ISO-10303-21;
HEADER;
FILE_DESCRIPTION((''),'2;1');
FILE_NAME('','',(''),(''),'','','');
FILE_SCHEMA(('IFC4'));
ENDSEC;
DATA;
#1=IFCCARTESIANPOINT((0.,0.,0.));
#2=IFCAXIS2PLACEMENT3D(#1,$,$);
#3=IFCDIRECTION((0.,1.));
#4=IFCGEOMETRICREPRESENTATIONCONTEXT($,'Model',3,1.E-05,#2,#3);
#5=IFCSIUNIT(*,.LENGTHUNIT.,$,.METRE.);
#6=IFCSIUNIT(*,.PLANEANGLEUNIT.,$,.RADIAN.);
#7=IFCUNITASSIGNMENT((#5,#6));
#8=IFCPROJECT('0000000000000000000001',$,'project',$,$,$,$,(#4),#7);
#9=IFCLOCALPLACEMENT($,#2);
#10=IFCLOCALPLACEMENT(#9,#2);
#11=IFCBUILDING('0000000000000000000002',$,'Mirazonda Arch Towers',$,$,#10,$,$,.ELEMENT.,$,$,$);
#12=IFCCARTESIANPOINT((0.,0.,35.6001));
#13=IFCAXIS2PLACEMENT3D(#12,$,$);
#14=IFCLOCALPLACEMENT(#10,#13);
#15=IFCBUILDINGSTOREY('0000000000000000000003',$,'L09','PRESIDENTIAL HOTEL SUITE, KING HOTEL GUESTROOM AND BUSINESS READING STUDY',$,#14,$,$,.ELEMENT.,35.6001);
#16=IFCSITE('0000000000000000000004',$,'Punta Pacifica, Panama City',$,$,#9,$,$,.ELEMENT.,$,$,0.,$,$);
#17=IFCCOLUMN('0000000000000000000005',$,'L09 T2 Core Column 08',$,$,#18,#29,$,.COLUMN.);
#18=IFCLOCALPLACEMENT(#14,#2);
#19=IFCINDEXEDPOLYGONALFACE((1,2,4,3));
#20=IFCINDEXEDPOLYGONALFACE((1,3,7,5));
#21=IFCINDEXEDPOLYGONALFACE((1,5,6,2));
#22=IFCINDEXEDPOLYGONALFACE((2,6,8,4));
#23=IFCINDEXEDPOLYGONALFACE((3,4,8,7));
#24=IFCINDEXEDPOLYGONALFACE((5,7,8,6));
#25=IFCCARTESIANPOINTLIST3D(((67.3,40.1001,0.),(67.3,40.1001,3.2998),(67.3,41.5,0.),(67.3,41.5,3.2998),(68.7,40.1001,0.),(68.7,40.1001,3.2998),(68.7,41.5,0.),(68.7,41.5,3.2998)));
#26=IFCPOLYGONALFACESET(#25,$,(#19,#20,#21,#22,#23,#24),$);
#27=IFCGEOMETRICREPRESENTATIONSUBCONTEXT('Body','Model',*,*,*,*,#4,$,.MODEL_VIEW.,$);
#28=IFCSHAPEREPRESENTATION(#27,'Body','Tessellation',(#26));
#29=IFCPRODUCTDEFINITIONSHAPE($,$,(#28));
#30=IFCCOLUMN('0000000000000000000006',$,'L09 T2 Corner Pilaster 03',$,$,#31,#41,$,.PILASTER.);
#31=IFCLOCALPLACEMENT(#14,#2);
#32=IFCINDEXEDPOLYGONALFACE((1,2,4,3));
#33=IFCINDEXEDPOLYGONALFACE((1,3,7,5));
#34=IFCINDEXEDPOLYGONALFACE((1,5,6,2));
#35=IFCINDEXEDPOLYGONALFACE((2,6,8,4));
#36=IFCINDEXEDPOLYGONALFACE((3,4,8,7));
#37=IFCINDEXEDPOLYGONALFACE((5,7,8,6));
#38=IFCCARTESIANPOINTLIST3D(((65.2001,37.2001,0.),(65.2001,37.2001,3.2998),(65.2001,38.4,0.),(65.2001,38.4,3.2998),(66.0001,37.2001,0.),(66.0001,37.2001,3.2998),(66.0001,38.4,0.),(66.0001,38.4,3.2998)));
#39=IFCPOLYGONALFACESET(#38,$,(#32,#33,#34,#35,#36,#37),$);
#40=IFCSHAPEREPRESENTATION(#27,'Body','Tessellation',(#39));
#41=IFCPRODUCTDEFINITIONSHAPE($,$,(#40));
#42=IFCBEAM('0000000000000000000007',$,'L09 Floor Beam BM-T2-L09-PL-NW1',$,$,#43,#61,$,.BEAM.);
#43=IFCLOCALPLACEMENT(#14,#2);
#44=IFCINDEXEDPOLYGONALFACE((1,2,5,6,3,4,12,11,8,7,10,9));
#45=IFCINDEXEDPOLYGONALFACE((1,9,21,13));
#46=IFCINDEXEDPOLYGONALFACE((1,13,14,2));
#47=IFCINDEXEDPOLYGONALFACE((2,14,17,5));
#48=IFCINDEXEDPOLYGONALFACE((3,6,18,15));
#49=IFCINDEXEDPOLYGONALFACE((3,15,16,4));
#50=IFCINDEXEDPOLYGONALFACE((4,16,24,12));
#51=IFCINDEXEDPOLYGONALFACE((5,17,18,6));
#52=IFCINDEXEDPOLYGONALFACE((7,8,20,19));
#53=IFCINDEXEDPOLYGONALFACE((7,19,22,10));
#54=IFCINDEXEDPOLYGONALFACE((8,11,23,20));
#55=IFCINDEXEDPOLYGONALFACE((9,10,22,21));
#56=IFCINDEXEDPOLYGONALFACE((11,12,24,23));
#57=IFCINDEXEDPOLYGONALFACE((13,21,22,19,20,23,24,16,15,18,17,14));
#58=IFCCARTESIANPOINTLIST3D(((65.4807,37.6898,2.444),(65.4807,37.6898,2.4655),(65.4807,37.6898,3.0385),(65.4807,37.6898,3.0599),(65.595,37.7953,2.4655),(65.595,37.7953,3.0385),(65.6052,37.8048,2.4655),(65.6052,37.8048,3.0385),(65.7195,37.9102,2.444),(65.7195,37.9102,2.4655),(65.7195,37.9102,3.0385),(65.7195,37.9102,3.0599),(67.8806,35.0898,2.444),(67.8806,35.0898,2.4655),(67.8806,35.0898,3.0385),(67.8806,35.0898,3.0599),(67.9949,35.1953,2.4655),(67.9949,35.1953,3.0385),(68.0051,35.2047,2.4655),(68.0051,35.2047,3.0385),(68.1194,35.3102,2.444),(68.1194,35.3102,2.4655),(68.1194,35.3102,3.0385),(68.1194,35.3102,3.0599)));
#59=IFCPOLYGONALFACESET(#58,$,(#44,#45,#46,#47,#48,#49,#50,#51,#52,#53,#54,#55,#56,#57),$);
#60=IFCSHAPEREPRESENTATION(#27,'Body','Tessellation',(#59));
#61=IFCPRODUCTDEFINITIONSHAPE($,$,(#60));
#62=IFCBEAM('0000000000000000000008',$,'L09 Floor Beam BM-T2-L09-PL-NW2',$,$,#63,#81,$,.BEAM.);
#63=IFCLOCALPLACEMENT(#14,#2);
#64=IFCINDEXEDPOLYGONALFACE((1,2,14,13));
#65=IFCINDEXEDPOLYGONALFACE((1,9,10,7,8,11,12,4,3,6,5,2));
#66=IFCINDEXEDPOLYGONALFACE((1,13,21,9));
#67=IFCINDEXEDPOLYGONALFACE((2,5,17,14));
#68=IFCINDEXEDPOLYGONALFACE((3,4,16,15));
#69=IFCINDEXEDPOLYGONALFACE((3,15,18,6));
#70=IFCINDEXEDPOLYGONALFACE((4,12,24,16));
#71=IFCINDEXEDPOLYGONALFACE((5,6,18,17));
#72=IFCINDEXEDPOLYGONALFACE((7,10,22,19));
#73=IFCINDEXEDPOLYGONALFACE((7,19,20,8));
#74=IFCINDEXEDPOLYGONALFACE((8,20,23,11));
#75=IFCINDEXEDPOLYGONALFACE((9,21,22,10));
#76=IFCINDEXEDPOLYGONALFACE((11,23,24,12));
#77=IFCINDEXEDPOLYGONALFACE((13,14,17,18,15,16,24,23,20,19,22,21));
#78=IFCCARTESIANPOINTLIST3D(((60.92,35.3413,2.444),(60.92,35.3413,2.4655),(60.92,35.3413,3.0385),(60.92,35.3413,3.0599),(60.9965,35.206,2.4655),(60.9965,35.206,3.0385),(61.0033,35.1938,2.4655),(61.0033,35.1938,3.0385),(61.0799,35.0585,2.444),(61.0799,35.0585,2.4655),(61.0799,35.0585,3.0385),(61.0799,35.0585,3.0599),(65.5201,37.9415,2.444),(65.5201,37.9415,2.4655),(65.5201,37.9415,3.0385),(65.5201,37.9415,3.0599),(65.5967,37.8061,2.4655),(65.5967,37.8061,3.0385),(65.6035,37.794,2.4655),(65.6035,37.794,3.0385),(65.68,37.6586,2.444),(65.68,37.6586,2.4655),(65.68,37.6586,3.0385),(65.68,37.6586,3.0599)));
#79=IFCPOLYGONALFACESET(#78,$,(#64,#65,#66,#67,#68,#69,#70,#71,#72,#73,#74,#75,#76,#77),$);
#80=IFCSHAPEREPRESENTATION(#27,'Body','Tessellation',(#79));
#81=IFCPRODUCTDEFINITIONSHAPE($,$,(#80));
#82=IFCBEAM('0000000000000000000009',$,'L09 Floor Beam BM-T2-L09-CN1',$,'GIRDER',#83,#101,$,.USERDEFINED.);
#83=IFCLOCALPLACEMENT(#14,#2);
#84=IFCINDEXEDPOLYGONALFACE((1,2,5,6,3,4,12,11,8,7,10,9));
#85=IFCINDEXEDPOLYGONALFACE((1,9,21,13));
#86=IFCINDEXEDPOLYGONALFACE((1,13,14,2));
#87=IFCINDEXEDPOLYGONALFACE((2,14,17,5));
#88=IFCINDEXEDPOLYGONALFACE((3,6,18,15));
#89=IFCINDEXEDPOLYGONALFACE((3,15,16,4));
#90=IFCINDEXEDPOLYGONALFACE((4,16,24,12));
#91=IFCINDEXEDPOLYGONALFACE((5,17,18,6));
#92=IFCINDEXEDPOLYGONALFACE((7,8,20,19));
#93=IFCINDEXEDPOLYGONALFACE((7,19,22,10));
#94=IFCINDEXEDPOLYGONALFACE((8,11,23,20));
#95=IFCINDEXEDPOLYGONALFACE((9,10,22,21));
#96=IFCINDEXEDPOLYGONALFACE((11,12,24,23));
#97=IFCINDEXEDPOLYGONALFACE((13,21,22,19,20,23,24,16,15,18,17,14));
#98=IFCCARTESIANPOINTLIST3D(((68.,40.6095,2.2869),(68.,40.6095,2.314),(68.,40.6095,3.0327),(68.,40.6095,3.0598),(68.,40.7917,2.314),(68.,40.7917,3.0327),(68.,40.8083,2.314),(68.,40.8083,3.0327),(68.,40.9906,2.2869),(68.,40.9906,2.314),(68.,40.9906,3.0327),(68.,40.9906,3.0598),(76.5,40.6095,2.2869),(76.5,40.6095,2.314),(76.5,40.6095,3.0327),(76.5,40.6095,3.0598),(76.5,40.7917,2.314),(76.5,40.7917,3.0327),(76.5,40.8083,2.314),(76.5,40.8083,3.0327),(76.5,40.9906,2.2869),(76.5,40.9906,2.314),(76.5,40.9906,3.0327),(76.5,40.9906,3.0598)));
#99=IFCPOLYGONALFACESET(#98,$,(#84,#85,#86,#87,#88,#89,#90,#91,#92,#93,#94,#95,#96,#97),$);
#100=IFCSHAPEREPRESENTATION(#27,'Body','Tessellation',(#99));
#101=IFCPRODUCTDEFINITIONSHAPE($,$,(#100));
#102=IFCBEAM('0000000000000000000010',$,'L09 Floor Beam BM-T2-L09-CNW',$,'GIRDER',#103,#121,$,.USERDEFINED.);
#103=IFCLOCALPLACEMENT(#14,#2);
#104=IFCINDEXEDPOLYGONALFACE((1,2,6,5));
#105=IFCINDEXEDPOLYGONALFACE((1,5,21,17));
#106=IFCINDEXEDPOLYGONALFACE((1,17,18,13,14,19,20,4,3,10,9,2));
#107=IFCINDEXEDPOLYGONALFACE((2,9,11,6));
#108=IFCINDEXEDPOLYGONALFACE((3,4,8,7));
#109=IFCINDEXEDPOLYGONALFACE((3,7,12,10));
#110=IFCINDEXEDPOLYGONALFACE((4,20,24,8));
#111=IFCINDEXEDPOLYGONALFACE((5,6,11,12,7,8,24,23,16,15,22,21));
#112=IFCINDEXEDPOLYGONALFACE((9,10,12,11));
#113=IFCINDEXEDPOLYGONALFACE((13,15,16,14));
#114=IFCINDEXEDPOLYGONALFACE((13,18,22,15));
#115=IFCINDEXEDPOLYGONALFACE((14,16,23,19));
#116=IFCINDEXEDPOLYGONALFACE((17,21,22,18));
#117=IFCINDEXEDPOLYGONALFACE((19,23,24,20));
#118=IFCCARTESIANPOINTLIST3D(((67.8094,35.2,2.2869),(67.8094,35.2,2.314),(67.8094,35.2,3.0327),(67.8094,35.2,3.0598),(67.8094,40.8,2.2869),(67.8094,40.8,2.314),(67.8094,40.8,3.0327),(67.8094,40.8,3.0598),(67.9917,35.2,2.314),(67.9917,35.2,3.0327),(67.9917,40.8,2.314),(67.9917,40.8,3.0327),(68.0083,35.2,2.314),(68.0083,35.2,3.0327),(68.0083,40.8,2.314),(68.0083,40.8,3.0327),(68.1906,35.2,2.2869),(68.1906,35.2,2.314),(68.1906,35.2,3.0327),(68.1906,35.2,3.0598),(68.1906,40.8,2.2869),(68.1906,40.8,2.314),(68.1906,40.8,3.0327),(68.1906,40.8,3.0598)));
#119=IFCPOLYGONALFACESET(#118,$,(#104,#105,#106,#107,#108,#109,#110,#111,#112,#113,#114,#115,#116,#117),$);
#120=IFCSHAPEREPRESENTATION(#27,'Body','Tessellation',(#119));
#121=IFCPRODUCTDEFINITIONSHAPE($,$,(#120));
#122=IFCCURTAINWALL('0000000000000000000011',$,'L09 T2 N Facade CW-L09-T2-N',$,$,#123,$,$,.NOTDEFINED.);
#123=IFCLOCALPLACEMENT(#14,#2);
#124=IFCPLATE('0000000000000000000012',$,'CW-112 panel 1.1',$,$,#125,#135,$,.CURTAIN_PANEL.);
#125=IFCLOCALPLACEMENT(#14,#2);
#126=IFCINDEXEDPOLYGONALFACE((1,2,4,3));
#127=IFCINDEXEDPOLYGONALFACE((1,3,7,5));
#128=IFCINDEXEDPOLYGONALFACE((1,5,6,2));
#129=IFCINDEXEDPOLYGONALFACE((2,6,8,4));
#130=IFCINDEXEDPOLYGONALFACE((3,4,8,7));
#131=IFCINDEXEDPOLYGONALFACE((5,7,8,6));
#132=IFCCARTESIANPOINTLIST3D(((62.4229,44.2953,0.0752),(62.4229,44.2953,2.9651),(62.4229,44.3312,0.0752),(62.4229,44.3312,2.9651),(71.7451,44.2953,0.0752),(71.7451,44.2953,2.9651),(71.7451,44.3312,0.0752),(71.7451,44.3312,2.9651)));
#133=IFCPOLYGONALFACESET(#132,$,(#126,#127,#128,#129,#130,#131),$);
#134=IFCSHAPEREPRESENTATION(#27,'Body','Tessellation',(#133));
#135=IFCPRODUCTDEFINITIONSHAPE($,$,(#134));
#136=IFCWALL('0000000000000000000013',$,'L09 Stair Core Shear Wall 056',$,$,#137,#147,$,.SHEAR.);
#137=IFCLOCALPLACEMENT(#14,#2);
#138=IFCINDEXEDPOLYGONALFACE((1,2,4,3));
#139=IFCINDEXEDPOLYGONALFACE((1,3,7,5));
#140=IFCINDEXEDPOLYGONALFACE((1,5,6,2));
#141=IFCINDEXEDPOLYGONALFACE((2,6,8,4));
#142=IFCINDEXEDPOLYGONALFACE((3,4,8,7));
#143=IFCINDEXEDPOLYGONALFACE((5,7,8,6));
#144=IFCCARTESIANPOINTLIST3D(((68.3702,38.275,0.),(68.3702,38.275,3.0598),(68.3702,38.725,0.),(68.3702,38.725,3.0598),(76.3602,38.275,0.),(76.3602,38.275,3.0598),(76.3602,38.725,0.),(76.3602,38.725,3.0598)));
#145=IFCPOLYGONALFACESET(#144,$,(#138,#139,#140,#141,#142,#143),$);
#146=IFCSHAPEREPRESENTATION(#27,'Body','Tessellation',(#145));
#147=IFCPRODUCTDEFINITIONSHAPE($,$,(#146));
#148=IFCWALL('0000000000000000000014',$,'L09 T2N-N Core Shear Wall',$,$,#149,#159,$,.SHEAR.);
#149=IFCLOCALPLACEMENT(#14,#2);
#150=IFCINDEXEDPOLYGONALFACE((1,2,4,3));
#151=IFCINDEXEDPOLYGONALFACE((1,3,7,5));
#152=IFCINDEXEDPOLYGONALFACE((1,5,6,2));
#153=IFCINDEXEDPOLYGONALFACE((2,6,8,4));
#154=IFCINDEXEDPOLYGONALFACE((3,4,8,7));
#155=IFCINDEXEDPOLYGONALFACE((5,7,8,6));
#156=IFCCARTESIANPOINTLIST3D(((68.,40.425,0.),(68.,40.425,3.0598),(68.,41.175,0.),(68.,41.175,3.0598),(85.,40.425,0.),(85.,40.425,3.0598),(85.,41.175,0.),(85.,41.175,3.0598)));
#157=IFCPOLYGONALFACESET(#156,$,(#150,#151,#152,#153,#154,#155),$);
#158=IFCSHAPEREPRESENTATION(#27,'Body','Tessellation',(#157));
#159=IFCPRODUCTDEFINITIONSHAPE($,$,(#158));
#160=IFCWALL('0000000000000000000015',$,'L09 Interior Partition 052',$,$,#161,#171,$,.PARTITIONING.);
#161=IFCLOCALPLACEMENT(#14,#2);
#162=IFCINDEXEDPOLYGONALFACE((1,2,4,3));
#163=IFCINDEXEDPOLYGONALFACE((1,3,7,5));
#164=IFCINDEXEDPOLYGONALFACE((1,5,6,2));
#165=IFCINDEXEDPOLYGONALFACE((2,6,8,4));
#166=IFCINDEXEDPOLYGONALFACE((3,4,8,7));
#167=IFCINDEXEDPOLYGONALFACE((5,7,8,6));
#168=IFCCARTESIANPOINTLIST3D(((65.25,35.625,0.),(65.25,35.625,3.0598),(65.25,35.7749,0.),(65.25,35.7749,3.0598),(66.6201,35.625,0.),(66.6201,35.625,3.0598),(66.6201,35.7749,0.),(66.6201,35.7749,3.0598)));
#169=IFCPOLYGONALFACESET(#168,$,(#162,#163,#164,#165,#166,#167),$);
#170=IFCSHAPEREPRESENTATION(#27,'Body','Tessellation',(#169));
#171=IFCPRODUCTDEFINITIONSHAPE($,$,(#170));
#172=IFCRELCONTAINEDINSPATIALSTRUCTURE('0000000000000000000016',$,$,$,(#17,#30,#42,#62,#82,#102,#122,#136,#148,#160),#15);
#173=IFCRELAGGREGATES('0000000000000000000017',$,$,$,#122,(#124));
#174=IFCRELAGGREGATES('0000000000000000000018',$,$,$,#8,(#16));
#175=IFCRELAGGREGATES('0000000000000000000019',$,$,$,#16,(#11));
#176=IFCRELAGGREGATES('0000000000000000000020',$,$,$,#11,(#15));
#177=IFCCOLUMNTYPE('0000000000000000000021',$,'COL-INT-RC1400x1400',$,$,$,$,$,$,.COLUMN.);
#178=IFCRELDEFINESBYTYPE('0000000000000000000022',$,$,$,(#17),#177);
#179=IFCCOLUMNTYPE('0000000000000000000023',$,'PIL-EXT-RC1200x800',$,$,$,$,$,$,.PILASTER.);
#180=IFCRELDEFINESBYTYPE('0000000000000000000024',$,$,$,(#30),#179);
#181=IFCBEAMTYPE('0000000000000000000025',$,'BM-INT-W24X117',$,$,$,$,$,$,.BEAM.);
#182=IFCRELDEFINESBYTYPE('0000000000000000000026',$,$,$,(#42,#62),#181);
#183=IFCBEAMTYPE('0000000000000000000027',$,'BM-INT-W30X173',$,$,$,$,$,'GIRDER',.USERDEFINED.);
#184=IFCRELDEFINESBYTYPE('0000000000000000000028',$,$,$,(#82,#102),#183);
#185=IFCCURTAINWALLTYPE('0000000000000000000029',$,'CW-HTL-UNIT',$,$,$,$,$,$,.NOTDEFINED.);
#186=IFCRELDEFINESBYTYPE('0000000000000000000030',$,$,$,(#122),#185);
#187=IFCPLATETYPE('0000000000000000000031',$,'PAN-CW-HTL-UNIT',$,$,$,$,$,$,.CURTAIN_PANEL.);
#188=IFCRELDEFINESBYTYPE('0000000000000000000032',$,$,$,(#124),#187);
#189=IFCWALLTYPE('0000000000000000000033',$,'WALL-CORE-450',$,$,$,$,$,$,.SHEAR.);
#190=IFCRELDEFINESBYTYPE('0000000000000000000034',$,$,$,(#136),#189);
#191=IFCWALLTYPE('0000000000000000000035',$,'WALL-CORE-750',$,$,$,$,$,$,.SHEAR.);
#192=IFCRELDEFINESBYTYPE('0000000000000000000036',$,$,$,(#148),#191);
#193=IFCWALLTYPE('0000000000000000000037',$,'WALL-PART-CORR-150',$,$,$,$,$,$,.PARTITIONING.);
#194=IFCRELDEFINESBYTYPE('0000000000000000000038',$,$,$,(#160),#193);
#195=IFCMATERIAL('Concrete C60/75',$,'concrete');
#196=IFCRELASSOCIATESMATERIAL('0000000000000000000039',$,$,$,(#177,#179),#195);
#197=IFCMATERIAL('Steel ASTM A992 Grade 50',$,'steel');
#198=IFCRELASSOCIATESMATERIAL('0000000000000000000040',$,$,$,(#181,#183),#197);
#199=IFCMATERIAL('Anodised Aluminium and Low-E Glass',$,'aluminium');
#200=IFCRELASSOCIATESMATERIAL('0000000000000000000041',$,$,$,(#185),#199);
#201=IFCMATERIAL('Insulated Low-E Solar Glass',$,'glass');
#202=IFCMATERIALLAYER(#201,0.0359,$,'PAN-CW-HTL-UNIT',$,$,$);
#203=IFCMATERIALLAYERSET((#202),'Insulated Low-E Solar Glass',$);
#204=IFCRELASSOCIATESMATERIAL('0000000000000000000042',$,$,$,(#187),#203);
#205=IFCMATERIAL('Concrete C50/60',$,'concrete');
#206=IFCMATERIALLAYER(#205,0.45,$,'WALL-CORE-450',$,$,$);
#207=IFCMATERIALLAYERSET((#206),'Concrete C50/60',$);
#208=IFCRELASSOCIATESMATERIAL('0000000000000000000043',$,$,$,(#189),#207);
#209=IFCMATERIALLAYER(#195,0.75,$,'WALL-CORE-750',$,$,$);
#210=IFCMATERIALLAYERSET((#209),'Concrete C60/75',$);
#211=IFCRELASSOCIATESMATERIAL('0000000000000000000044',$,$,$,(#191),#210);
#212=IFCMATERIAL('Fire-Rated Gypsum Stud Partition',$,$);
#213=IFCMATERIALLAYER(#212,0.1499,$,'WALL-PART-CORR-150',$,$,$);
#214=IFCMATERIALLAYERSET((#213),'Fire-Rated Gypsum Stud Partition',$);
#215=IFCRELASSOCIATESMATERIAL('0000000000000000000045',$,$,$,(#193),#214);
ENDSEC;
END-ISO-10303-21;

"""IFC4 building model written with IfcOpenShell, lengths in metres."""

from ifc_helpers import new_model, si_unit, direction, frame, frame_2d, origin, origin_2d, place, context, subcontext, project, spatial, rectangle, i_section, extrude, material, layer, layer_set, material_profile, profile_set, type_object, element, aggregate, save


model = new_model("IFC4")

# Units and contexts
model_context = context("Model", 3, precision=1e-05, world=origin(), true_north=direction((0.0, 1.0)))
body_context = subcontext(model_context, "Body", "Model", "MODEL_VIEW")
ifc_project = project(units=[si_unit("LENGTHUNIT", "METRE"), si_unit("PLANEANGLEUNIT", "RADIAN")], contexts=[model_context])

# Site, building, storey
site_placement = place(None, origin())
site = spatial("IfcSite", under=ifc_project, at=site_placement, Name="Punta Pacifica, Panama City", CompositionType="ELEMENT", RefElevation=0.0)
building_placement = place(site_placement, origin())
building = spatial("IfcBuilding", under=site, at=building_placement, Name="Mirazonda Arch Towers", CompositionType="ELEMENT")
storey_placement = place(building_placement, frame((0.0, 0.0, 35.6001)))
storey = spatial("IfcBuildingStorey", under=building, at=storey_placement, Name="L09", Description="PRESIDENTIAL HOTEL SUITE, KING HOTEL GUESTROOM AND BUSINESS READING STUDY", CompositionType="ELEMENT", Elevation=35.6001)

# Columns
ifc_material_1 = material(Name="Concrete C60/75", Category="concrete")
ifc_material_profile_1 = material_profile(ifc_material_1, rectangle(XDim=1.3999, YDim=1.3999, at=origin_2d()), Name="RC1400x1400")
ifc_profile_set_1 = profile_set([ifc_material_profile_1], Name="Concrete C60/75")
column_type_1 = type_object("IfcColumnType", Name="COL-INT-RC1400x1400", PredefinedType="COLUMN", material=ifc_profile_set_1)
column_1_placement = place(storey_placement, frame((68.0, 40.8, 0.0), z_axis=(0.0, 0.0, 1.0), x_axis=(1.0, 0.0, 0.0)))
element("IfcColumn", 1, at=column_1_placement, inside=storey, type_object=column_type_1, Name="L09 T2 Core Column 08", PredefinedType="COLUMN", context=body_context, shape_type="SweptSolid", body=[
    extrude(rectangle(XDim=1.3999, YDim=1.3999, at=origin_2d()), origin(), (0.0, 0.0, 1.0), 3.2998),
])
ifc_material_profile_2 = material_profile(ifc_material_1, rectangle(XDim=0.8, YDim=1.2, at=origin_2d()), Name="RC1200x800")
ifc_profile_set_2 = profile_set([ifc_material_profile_2], Name="Concrete C60/75")
column_type_2 = type_object("IfcColumnType", Name="PIL-EXT-RC1200x800", PredefinedType="PILASTER", material=ifc_profile_set_2)
column_2_placement = place(storey_placement, frame((65.6001, 37.8, 0.0), z_axis=(0.0, 0.0, 1.0), x_axis=(1.0, 0.0, 0.0)))
element("IfcColumn", 2, at=column_2_placement, inside=storey, type_object=column_type_2, Name="L09 T2 Corner Pilaster 03", PredefinedType="PILASTER", context=body_context, shape_type="SweptSolid", body=[
    extrude(rectangle(XDim=0.8, YDim=1.2, at=origin_2d()), origin(), (0.0, 0.0, 1.0), 3.2998),
])

# Beams
ifc_material_2 = material(Name="Steel ASTM A992 Grade 50", Category="steel")
ifc_material_profile_3 = material_profile(ifc_material_2, i_section(OverallWidth=0.325, OverallDepth=0.616, WebThickness=0.0139, FlangeThickness=0.0215, at=origin_2d()), Name="W24X117")
ifc_profile_set_3 = profile_set([ifc_material_profile_3], Name="Steel ASTM A992 Grade 50")
beam_type_1 = type_object("IfcBeamType", Name="BM-INT-W24X117", PredefinedType="BEAM", material=ifc_profile_set_3)
beam_1_placement = place(storey_placement, frame((65.6001, 37.8, 2.752), z_axis=(0.678251, -0.73483, 0.0), x_axis=(0.73483, 0.678251, 0.0)))
element("IfcBeam", 3, at=beam_1_placement, inside=storey, type_object=beam_type_1, Name="L09 Floor Beam BM-T2-L09-PL-NW1", PredefinedType="BEAM", context=body_context, shape_type="SweptSolid", body=[
    extrude(i_section(OverallWidth=0.325, OverallDepth=0.616, WebThickness=0.0139, FlangeThickness=0.0215, at=origin_2d()), origin(), (0.0, 0.0, 1.0), 3.5383),
])
beam_2_placement = place(storey_placement, frame((65.6001, 37.8, 2.752), z_axis=(-0.870559, -0.492063, 0.0), x_axis=(0.492063, -0.870559, 0.0)))
element("IfcBeam", 4, at=beam_2_placement, inside=storey, type_object=beam_type_1, Name="L09 Floor Beam BM-T2-L09-PL-NW2", PredefinedType="BEAM", context=body_context, shape_type="SweptSolid", body=[
    extrude(i_section(OverallWidth=0.325, OverallDepth=0.616, WebThickness=0.0139, FlangeThickness=0.0215, at=origin_2d()), origin(), (0.0, 0.0, 1.0), 5.2842),
])
ifc_material_profile_4 = material_profile(ifc_material_2, i_section(OverallWidth=0.3811, OverallDepth=0.7729, WebThickness=0.0166, FlangeThickness=0.0271, at=origin_2d()), Name="W30X173")
ifc_profile_set_4 = profile_set([ifc_material_profile_4], Name="Steel ASTM A992 Grade 50")
beam_type_2 = type_object("IfcBeamType", Name="BM-INT-W30X173", ElementType="GIRDER", PredefinedType="USERDEFINED", material=ifc_profile_set_4)
beam_3_placement = place(storey_placement, frame((68.0, 40.8, 2.6733), z_axis=(1.0, 0.0, 0.0), x_axis=(0.0, 1.0, 0.0)))
element("IfcBeam", 5, at=beam_3_placement, inside=storey, type_object=beam_type_2, Name="L09 Floor Beam BM-T2-L09-CN1", ObjectType="GIRDER", PredefinedType="USERDEFINED", context=body_context, shape_type="SweptSolid", body=[
    extrude(i_section(OverallWidth=0.3811, OverallDepth=0.7729, WebThickness=0.0166, FlangeThickness=0.0271, at=origin_2d()), origin(), (0.0, 0.0, 1.0), 8.5),
])
beam_4_placement = place(storey_placement, frame((68.0, 35.2, 2.6733), z_axis=(0.0, 1.0, 0.0), x_axis=(-1.0, 0.0, 0.0)))
element("IfcBeam", 6, at=beam_4_placement, inside=storey, type_object=beam_type_2, Name="L09 Floor Beam BM-T2-L09-CNW", ObjectType="GIRDER", PredefinedType="USERDEFINED", context=body_context, shape_type="SweptSolid", body=[
    extrude(i_section(OverallWidth=0.3811, OverallDepth=0.7729, WebThickness=0.0166, FlangeThickness=0.0271, at=origin_2d()), origin(), (0.0, 0.0, 1.0), 5.6001),
])

# Curtain wall, plate
ifc_material_3 = material(Name="Anodised Aluminium and Low-E Glass", Category="aluminium")
curtain_wall_type = type_object("IfcCurtainWallType", Name="CW-HTL-UNIT", PredefinedType="NOTDEFINED", material=ifc_material_3)
curtain_wall_placement = place(storey_placement, origin())
curtain_wall = element("IfcCurtainWall", 7, at=curtain_wall_placement, inside=storey, type_object=curtain_wall_type, Name="L09 T2 N Facade CW-L09-T2-N", PredefinedType="NOTDEFINED")
ifc_material_4 = material(Name="Insulated Low-E Solar Glass", Category="glass")
ifc_layer_1 = layer(ifc_material_4, 0.0359, Name="PAN-CW-HTL-UNIT")
ifc_layer_set_1 = layer_set([ifc_layer_1], Name="Insulated Low-E Solar Glass")
plate_type = type_object("IfcPlateType", Name="PAN-CW-HTL-UNIT", PredefinedType="CURTAIN_PANEL", material=ifc_layer_set_1)
plate_placement = place(storey_placement, frame((67.084, 44.3132, 0.0752), z_axis=(0.0, 0.0, 1.0), x_axis=(1.0, 0.0, 0.0)))
plate = element("IfcPlate", 8, at=plate_placement, type_object=plate_type, Name="CW-112 panel 1.1", PredefinedType="CURTAIN_PANEL", context=body_context, shape_type="SweptSolid", body=[
    extrude(rectangle(XDim=9.3223, YDim=0.0359, at=origin_2d()), origin(), (0.0, 0.0, 1.0), 2.8899),
])
aggregate(curtain_wall, [plate])

# Walls
ifc_material_5 = material(Name="Concrete C50/60", Category="concrete")
ifc_layer_2 = layer(ifc_material_5, 0.45, Name="WALL-CORE-450")
ifc_layer_set_2 = layer_set([ifc_layer_2], Name="Concrete C50/60")
wall_type_1 = type_object("IfcWallType", Name="WALL-CORE-450", PredefinedType="SHEAR", material=ifc_layer_set_2)
wall_1_placement = place(storey_placement, frame((68.3701, 38.5, 0.0), z_axis=(0.0, 0.0, 1.0), x_axis=(1.0, 0.0, 0.0)))
element("IfcWall", 9, at=wall_1_placement, inside=storey, type_object=wall_type_1, Name="L09 Stair Core Shear Wall 056", PredefinedType="SHEAR", context=body_context, shape_type="SweptSolid", body=[
    extrude(rectangle(XDim=7.99, YDim=0.45, at=frame_2d((3.9951, 0.0))), origin(), (0.0, 0.0, 1.0), 3.0598),
])
ifc_layer_3 = layer(ifc_material_1, 0.75, Name="WALL-CORE-750")
ifc_layer_set_3 = layer_set([ifc_layer_3], Name="Concrete C60/75")
wall_type_2 = type_object("IfcWallType", Name="WALL-CORE-750", PredefinedType="SHEAR", material=ifc_layer_set_3)
wall_2_placement = place(storey_placement, frame((68.0, 40.8, 0.0), z_axis=(0.0, 0.0, 1.0), x_axis=(1.0, 0.0, 0.0)))
element("IfcWall", 10, at=wall_2_placement, inside=storey, type_object=wall_type_2, Name="L09 T2N-N Core Shear Wall", PredefinedType="SHEAR", context=body_context, shape_type="SweptSolid", body=[
    extrude(rectangle(XDim=17.0, YDim=0.75, at=frame_2d((8.5, 0.0))), origin(), (0.0, 0.0, 1.0), 3.0598),
])
ifc_material_6 = material(Name="Fire-Rated Gypsum Stud Partition")
ifc_layer_4 = layer(ifc_material_6, 0.1499, Name="WALL-PART-CORR-150")
ifc_layer_set_4 = layer_set([ifc_layer_4], Name="Fire-Rated Gypsum Stud Partition")
wall_type_3 = type_object("IfcWallType", Name="WALL-PART-CORR-150", PredefinedType="PARTITIONING", material=ifc_layer_set_4)
wall_3_placement = place(storey_placement, frame((65.25, 35.7, 0.0), z_axis=(0.0, 0.0, 1.0), x_axis=(1.0, 0.0, 0.0)))
element("IfcWall", 11, at=wall_3_placement, inside=storey, type_object=wall_type_3, Name="L09 Interior Partition 052", PredefinedType="PARTITIONING", context=body_context, shape_type="SweptSolid", body=[
    extrude(rectangle(XDim=1.3701, YDim=0.1499, at=frame_2d((0.6851, 0.0))), origin(), (0.0, 0.0, 1.0), 3.0598),
])

save(model, "model.ifc")
